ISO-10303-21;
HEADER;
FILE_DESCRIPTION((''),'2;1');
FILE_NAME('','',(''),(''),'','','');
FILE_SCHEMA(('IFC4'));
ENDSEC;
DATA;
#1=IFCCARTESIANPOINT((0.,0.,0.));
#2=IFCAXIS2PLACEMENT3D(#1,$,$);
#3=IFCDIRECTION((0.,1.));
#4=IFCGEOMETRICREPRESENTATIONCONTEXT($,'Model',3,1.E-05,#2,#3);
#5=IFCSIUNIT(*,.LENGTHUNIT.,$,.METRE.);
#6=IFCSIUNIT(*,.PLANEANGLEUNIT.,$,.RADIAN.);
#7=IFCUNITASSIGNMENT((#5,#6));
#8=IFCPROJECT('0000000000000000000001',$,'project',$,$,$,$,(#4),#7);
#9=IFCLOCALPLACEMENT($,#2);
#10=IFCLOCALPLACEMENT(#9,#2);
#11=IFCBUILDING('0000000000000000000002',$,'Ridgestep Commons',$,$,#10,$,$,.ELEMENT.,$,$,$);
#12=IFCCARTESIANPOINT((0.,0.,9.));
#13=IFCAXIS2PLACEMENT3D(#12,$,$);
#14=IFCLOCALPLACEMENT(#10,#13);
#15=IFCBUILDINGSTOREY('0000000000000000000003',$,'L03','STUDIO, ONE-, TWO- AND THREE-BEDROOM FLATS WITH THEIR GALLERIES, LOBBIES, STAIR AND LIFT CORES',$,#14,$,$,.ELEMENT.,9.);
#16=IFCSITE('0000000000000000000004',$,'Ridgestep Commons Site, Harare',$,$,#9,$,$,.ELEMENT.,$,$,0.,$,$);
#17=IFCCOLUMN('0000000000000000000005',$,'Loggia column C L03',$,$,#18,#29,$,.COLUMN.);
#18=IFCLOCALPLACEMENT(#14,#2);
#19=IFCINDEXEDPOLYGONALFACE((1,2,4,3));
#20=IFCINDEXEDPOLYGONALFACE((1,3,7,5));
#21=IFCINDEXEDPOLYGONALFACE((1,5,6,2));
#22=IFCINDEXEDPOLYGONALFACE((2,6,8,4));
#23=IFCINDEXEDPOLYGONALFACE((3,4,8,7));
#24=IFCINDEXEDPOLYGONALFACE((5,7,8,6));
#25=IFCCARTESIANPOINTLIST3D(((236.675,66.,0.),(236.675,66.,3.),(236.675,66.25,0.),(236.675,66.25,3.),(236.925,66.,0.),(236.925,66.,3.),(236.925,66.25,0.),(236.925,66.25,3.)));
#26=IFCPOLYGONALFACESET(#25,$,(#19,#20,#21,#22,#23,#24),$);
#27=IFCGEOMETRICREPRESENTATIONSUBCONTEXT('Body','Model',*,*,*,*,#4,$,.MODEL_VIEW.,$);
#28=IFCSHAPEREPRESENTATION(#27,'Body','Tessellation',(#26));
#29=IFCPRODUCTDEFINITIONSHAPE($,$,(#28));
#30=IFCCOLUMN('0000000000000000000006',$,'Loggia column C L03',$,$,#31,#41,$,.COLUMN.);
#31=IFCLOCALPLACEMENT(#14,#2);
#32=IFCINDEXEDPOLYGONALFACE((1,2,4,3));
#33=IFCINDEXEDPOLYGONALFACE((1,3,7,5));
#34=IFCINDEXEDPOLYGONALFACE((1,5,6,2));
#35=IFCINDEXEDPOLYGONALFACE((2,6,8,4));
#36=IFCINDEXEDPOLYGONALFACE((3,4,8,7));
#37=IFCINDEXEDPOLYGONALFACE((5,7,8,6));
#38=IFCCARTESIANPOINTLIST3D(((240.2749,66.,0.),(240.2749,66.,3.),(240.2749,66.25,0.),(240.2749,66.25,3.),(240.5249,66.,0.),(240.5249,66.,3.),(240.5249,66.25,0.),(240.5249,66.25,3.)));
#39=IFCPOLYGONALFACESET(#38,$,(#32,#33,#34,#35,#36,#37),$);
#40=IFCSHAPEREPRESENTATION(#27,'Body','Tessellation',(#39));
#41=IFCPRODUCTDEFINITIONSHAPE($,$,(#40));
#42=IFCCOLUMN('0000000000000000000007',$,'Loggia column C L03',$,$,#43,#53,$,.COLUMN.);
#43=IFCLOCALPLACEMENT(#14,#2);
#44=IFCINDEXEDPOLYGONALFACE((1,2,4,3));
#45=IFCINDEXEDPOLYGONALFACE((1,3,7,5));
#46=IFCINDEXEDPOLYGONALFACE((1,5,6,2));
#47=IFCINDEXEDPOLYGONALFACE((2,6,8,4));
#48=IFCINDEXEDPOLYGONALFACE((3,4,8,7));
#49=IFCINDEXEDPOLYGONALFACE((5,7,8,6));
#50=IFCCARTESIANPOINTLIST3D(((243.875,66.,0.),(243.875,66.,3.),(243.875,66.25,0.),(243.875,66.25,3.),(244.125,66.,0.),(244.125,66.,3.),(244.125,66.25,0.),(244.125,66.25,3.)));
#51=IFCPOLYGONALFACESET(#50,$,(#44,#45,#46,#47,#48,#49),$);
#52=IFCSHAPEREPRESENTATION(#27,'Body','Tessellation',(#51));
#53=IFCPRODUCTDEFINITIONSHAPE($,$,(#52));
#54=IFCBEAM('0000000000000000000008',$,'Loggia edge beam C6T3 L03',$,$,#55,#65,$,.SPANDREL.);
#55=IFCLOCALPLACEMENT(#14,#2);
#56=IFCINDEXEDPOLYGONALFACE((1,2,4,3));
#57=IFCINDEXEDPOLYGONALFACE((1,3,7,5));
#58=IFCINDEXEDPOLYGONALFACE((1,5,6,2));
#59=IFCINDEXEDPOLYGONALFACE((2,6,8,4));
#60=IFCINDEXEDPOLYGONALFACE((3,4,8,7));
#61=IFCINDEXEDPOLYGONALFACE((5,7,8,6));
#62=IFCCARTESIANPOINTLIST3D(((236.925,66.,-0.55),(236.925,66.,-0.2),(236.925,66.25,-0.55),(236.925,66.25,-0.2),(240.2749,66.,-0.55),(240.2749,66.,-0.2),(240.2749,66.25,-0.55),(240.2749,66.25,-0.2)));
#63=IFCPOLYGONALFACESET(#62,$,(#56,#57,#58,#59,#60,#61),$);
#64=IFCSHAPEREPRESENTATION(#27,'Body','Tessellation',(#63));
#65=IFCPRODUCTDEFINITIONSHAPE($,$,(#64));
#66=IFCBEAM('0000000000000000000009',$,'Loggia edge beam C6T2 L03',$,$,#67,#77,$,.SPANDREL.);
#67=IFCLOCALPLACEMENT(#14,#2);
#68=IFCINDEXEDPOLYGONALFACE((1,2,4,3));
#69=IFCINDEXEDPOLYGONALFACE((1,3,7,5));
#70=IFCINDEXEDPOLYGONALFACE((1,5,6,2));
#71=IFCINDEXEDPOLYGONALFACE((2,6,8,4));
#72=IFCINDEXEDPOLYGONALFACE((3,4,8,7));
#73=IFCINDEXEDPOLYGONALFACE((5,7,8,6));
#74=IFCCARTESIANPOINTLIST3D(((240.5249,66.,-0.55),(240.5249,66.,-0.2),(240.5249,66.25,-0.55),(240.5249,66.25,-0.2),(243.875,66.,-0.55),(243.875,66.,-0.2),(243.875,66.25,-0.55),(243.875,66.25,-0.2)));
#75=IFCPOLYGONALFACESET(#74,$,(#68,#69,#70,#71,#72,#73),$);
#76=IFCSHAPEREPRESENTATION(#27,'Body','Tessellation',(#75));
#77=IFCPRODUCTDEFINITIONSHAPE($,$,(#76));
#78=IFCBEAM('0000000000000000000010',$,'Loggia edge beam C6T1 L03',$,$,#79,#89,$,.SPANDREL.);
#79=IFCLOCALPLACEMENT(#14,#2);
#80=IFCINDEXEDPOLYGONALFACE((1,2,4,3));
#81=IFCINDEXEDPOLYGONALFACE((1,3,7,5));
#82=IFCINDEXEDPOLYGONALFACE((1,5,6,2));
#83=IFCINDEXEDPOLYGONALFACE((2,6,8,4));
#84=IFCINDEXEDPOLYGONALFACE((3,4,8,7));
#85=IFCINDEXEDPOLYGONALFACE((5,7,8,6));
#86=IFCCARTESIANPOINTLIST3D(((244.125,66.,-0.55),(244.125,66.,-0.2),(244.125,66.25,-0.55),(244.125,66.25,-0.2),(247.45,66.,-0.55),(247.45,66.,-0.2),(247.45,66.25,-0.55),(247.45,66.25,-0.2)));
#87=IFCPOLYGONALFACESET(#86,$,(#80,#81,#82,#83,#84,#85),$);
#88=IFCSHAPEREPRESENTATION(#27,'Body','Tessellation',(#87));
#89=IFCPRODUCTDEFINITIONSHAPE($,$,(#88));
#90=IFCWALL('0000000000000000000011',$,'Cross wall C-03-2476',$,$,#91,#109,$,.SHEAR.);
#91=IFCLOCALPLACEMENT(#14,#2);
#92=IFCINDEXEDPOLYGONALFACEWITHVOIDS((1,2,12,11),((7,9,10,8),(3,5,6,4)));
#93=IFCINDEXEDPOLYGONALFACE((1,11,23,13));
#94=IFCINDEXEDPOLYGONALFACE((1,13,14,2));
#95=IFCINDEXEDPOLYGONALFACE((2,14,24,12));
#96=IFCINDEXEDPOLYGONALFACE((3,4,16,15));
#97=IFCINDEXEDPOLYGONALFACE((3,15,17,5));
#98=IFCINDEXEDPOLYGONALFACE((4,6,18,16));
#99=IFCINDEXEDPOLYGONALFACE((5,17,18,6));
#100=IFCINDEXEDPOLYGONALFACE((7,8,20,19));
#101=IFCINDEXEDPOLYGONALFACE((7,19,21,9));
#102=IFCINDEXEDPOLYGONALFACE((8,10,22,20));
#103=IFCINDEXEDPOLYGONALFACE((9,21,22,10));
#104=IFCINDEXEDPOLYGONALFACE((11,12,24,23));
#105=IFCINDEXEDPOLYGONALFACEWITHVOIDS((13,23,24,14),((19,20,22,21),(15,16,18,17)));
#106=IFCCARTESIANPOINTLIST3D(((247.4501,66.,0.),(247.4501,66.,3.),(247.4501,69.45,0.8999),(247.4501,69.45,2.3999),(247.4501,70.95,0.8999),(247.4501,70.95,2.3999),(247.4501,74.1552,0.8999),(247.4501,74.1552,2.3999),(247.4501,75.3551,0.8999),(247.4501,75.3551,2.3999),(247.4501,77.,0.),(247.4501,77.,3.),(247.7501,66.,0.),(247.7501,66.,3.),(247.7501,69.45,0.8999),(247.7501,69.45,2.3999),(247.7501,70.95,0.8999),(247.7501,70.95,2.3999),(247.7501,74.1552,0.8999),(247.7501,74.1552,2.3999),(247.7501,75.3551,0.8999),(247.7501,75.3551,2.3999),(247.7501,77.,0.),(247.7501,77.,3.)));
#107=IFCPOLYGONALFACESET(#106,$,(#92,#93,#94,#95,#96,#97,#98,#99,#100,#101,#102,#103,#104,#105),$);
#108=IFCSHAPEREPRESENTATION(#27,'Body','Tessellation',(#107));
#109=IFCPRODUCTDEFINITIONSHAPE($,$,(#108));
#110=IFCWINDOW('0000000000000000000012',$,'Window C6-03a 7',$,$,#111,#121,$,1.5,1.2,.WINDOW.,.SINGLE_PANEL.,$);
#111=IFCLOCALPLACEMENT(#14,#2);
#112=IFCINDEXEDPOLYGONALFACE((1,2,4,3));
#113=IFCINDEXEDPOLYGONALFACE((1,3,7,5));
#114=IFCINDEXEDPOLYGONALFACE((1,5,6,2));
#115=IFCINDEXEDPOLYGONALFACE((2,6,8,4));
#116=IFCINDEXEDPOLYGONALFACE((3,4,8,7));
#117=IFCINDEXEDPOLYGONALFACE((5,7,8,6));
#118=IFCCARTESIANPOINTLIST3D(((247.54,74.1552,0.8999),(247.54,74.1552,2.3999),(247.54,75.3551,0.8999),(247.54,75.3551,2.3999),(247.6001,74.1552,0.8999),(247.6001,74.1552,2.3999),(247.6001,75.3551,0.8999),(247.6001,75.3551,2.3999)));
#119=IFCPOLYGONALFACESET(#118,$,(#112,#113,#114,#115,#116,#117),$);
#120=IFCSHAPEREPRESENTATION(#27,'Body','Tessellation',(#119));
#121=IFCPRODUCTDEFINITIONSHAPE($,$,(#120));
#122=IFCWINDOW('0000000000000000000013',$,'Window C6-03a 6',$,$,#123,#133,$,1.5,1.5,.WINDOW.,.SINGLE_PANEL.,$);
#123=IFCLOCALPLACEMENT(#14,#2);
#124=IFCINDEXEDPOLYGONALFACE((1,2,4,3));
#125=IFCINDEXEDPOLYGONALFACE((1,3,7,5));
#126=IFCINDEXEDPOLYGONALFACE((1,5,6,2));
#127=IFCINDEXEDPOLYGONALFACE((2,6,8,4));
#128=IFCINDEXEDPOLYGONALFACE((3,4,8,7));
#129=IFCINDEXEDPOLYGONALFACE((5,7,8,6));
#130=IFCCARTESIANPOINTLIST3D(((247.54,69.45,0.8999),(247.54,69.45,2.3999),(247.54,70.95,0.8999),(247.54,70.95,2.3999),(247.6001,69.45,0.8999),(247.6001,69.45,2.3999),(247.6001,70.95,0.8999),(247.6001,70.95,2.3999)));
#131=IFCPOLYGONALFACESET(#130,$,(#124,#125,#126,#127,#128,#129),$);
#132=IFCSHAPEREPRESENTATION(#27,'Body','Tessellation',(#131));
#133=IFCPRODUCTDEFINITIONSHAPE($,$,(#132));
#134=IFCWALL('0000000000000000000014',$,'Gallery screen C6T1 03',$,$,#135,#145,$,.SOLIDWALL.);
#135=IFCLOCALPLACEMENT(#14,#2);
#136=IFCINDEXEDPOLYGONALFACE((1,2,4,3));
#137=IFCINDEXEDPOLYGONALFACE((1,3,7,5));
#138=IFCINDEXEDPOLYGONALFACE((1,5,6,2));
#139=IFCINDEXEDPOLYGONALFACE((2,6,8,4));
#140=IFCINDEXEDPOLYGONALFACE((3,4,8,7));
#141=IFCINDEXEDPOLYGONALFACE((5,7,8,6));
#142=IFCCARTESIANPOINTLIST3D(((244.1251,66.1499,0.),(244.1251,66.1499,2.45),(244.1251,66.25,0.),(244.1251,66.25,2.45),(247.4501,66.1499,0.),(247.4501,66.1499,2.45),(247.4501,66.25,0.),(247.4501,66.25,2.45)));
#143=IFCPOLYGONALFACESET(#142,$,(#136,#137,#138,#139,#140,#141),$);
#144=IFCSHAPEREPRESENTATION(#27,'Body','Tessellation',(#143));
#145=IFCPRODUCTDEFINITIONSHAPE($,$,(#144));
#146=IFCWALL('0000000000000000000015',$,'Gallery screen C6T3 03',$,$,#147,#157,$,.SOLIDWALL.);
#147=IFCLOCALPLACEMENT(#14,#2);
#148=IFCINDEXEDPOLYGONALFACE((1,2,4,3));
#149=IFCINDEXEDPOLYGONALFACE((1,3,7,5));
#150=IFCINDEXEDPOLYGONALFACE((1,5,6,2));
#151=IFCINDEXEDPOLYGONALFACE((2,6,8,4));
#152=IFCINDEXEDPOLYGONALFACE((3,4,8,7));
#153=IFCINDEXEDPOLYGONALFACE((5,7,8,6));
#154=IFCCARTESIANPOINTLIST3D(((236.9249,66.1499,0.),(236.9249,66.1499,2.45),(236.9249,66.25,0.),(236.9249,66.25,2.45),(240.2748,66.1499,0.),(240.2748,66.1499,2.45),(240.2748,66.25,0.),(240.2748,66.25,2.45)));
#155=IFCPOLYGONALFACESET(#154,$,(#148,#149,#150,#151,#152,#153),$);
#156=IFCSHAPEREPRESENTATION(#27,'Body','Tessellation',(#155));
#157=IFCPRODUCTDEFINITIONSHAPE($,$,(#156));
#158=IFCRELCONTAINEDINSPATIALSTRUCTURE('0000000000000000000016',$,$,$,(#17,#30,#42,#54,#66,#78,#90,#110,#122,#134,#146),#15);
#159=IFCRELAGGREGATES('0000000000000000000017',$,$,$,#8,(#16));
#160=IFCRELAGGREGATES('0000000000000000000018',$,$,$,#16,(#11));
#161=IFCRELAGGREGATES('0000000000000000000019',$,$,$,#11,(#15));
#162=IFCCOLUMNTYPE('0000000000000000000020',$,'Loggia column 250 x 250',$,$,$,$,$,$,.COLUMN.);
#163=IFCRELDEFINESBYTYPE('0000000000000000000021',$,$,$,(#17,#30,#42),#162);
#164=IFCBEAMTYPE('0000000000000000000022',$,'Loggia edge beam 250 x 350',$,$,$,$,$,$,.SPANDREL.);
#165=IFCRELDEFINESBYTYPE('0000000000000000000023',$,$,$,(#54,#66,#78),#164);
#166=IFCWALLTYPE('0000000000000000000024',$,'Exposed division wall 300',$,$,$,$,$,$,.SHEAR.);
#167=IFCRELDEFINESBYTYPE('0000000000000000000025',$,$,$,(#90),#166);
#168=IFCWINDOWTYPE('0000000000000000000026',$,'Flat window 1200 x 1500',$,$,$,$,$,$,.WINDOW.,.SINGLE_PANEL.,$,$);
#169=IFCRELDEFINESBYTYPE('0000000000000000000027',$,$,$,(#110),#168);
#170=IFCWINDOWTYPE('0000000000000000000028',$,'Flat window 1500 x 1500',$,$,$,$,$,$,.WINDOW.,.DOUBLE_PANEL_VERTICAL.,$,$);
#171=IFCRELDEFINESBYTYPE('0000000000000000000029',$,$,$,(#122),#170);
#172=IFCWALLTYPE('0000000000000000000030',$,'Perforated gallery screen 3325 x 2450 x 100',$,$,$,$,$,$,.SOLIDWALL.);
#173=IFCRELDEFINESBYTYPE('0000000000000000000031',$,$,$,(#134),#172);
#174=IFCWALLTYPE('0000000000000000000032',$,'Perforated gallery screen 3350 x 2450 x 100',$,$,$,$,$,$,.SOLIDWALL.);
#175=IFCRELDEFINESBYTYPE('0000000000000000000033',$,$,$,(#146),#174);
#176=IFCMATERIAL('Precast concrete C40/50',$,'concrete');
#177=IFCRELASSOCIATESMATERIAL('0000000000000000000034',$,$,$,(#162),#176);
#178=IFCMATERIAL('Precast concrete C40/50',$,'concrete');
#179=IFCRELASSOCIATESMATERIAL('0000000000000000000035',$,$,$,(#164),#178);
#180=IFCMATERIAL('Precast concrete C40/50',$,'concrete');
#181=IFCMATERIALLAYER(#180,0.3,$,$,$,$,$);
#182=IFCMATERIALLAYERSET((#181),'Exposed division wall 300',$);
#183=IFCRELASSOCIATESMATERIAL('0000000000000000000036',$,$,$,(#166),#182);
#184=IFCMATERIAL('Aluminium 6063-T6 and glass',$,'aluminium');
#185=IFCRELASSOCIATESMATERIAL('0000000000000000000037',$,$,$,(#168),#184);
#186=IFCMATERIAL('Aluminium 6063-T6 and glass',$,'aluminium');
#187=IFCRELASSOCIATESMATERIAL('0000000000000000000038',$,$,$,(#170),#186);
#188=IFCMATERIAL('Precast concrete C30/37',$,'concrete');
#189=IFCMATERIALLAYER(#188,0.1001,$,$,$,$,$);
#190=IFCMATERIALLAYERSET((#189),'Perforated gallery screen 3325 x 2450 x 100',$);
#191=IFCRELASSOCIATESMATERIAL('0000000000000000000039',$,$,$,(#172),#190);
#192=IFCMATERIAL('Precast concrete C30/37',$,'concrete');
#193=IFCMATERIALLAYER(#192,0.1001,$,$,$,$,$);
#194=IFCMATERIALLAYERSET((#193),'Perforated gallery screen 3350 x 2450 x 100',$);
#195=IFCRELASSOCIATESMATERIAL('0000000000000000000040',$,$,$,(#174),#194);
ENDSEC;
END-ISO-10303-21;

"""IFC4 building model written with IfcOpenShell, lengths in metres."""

from ifc_helpers import new_model, si_unit, direction, frame, frame_2d, origin, origin_2d, place, context, subcontext, project, spatial, rectangle, extrude, material, layer, layer_set, material_profile, profile_set, type_object, element, fill, save


model = new_model("IFC4")

# Units and contexts
model_context = context("Model", 3, precision=1e-05, world=origin(), true_north=direction((0.0, 1.0)))
body_context = subcontext(model_context, "Body", "Model", "MODEL_VIEW")
ifc_project = project(units=[si_unit("LENGTHUNIT", "METRE"), si_unit("PLANEANGLEUNIT", "RADIAN")], contexts=[model_context])

# Site, building, storey
site_placement = place(None, origin())
site = spatial("IfcSite", under=ifc_project, at=site_placement, Name="Ridgestep Commons Site, Harare", CompositionType="ELEMENT", RefElevation=0.0)
building_placement = place(site_placement, origin())
building = spatial("IfcBuilding", under=site, at=building_placement, Name="Ridgestep Commons", CompositionType="ELEMENT")
storey_placement = place(building_placement, frame((0.0, 0.0, 9.0)))
storey = spatial("IfcBuildingStorey", under=building, at=storey_placement, Name="L03", Description="STUDIO, ONE-, TWO- AND THREE-BEDROOM FLATS WITH THEIR GALLERIES, LOBBIES, STAIR AND LIFT CORES", CompositionType="ELEMENT", Elevation=9.0)

# Columns
ifc_material_1 = material(Name="Precast concrete C40/50", Category="concrete")
ifc_material_profile_1 = material_profile(ifc_material_1, rectangle(XDim=0.25, YDim=0.25, at=origin_2d()), Name="PC 250x250")
ifc_profile_set_1 = profile_set([ifc_material_profile_1], Name="Precast concrete C40/50")
column_type = type_object("IfcColumnType", Name="Loggia column 250 x 250", PredefinedType="COLUMN", material=ifc_profile_set_1)
for number, where, z_axis, x_axis, name in (
    (1, (236.8, 66.125, 0.0), (0.0, 0.0, 1.0), (1.0, 0.0, 0.0), "Loggia column C L03"),
    (2, (240.3999, 66.125, 0.0), (0.0, 0.0, 1.0), (1.0, 0.0, 0.0), "Loggia column C L03"),
    (3, (244.0, 66.125, 0.0), (0.0, 0.0, 1.0), (1.0, 0.0, 0.0), "Loggia column C L03"),
):
    element("IfcColumn", number, at=place(storey_placement, frame(where, z_axis=z_axis, x_axis=x_axis)), inside=storey, type_object=column_type, Name=name, PredefinedType="COLUMN", context=body_context, shape_type="SweptSolid", body=[
        extrude(rectangle(XDim=0.25, YDim=0.25, at=origin_2d()), origin(), (0.0, 0.0, 1.0), 3.0),
    ])

# Beams
ifc_material_2 = material(Name="Precast concrete C40/50", Category="concrete")
ifc_material_profile_2 = material_profile(ifc_material_2, rectangle(XDim=0.25, YDim=0.3501, at=origin_2d()), Name="PC 250x350")
ifc_profile_set_2 = profile_set([ifc_material_profile_2], Name="Precast concrete C40/50")
beam_type = type_object("IfcBeamType", Name="Loggia edge beam 250 x 350", PredefinedType="SPANDREL", material=ifc_profile_set_2)
beam_1_placement = place(storey_placement, frame((236.925, 66.125, -0.375), z_axis=(1.0, 0.0, 0.0), x_axis=(0.0, 1.0, 0.0)))
element("IfcBeam", 4, at=beam_1_placement, inside=storey, type_object=beam_type, Name="Loggia edge beam C6T3 L03", PredefinedType="SPANDREL", context=body_context, shape_type="SweptSolid", body=[
    extrude(rectangle(XDim=0.25, YDim=0.3501, at=origin_2d()), origin(), (0.0, 0.0, 1.0), 3.3499),
])
beam_2_placement = place(storey_placement, frame((240.5249, 66.125, -0.375), z_axis=(1.0, 0.0, 0.0), x_axis=(0.0, 1.0, 0.0)))
element("IfcBeam", 5, at=beam_2_placement, inside=storey, type_object=beam_type, Name="Loggia edge beam C6T2 L03", PredefinedType="SPANDREL", context=body_context, shape_type="SweptSolid", body=[
    extrude(rectangle(XDim=0.25, YDim=0.3501, at=origin_2d()), origin(), (0.0, 0.0, 1.0), 3.3501),
])
beam_3_placement = place(storey_placement, frame((244.125, 66.125, -0.375), z_axis=(1.0, 0.0, 0.0), x_axis=(0.0, 1.0, 0.0)))
element("IfcBeam", 6, at=beam_3_placement, inside=storey, type_object=beam_type, Name="Loggia edge beam C6T1 L03", PredefinedType="SPANDREL", context=body_context, shape_type="SweptSolid", body=[
    extrude(rectangle(XDim=0.25, YDim=0.3501, at=origin_2d()), origin(), (0.0, 0.0, 1.0), 3.325),
])

# Wall, openings, windows
ifc_material_3 = material(Name="Precast concrete C40/50", Category="concrete")
ifc_layer_1 = layer(ifc_material_3, 0.3)
ifc_layer_set_1 = layer_set([ifc_layer_1], Name="Exposed division wall 300")
wall_type_1 = type_object("IfcWallType", Name="Exposed division wall 300", PredefinedType="SHEAR", material=ifc_layer_set_1)
wall_1_placement = place(storey_placement, frame((247.6001, 66.0, 0.0), z_axis=(0.0, 0.0, 1.0), x_axis=(0.0, 1.0, 0.0)))
wall_1 = element("IfcWall", 7, at=wall_1_placement, inside=storey, type_object=wall_type_1, Name="Cross wall C-03-2476", PredefinedType="SHEAR", context=body_context, shape_type="SweptSolid", body=[
    extrude(rectangle(XDim=11.0, YDim=0.3, at=frame_2d((5.5, 0.0))), origin(), (0.0, 0.0, 1.0), 3.0),
])
opening_1_placement = place(wall_1_placement, frame((3.45, 0.0, 0.8999)))
opening_1 = element("IfcOpeningElement", 8, at=opening_1_placement, cuts=wall_1, PredefinedType="OPENING", context=body_context, shape_type="SweptSolid", body=[
    extrude(rectangle(XDim=1.5, YDim=1.5, at=frame_2d((0.75, 0.75))), frame((0.0, 0.1599, 0.0), z_axis=(0.0, -1.0, 0.0), x_axis=(1.0, 0.0, 0.0)), (0.0, 0.0, 1.0), 0.3201),
])
opening_2_placement = place(wall_1_placement, frame((8.155, 0.0, 0.8999)))
opening_2 = element("IfcOpeningElement", 9, at=opening_2_placement, cuts=wall_1, PredefinedType="OPENING", context=body_context, shape_type="SweptSolid", body=[
    extrude(rectangle(XDim=1.2, YDim=1.5, at=frame_2d((0.6001, 0.75))), frame((0.0, 0.1599, 0.0), z_axis=(0.0, -1.0, 0.0), x_axis=(1.0, 0.0, 0.0)), (0.0, 0.0, 1.0), 0.3201),
])
ifc_material_4 = material(Name="Aluminium 6063-T6 and glass", Category="aluminium")
window_type_1 = type_object("IfcWindowType", Name="Flat window 1200 x 1500", PartitioningType="SINGLE_PANEL", PredefinedType="WINDOW", material=ifc_material_4)
window_1_placement = place(opening_2_placement, origin())
window_1 = element("IfcWindow", 10, at=window_1_placement, inside=storey, type_object=window_type_1, Name="Window C6-03a 7", OverallHeight=1.5, OverallWidth=1.2, PartitioningType="SINGLE_PANEL", PredefinedType="WINDOW", context=body_context, shape_type="SweptSolid", body=[
    extrude(rectangle(XDim=1.2, YDim=1.5, at=frame_2d((0.6001, 0.75))), frame((0.0, 0.0601, 0.0), z_axis=(0.0, -1.0, 0.0), x_axis=(1.0, 0.0, 0.0)), (0.0, 0.0, 1.0), 0.0601),
])
fill(opening_2, window_1)
ifc_material_5 = material(Name="Aluminium 6063-T6 and glass", Category="aluminium")
window_type_2 = type_object("IfcWindowType", Name="Flat window 1500 x 1500", PartitioningType="DOUBLE_PANEL_VERTICAL", PredefinedType="WINDOW", material=ifc_material_5)
window_2_placement = place(opening_1_placement, origin())
window_2 = element("IfcWindow", 11, at=window_2_placement, inside=storey, type_object=window_type_2, Name="Window C6-03a 6", OverallHeight=1.5, OverallWidth=1.5, PartitioningType="SINGLE_PANEL", PredefinedType="WINDOW", context=body_context, shape_type="SweptSolid", body=[
    extrude(rectangle(XDim=1.5, YDim=1.5, at=frame_2d((0.75, 0.75))), frame((0.0, 0.0601, 0.0), z_axis=(0.0, -1.0, 0.0), x_axis=(1.0, 0.0, 0.0)), (0.0, 0.0, 1.0), 0.0601),
])
fill(opening_1, window_2)

# Walls
ifc_material_6 = material(Name="Precast concrete C30/37", Category="concrete")
ifc_layer_2 = layer(ifc_material_6, 0.1001)
ifc_layer_set_2 = layer_set([ifc_layer_2], Name="Perforated gallery screen 3325 x 2450 x 100")
wall_type_2 = type_object("IfcWallType", Name="Perforated gallery screen 3325 x 2450 x 100", PredefinedType="SOLIDWALL", material=ifc_layer_set_2)
wall_2_placement = place(storey_placement, frame((244.125, 66.2, 0.0), z_axis=(0.0, 0.0, 1.0), x_axis=(1.0, 0.0, 0.0)))
element("IfcWall", 12, at=wall_2_placement, inside=storey, type_object=wall_type_2, Name="Gallery screen C6T1 03", PredefinedType="SOLIDWALL", context=body_context, shape_type="SweptSolid", body=[
    extrude(rectangle(XDim=3.325, YDim=0.1001, at=frame_2d((1.6626, 0.0))), origin(), (0.0, 0.0, 1.0), 2.45),
])
ifc_material_7 = material(Name="Precast concrete C30/37", Category="concrete")
ifc_layer_3 = layer(ifc_material_7, 0.1001)
ifc_layer_set_3 = layer_set([ifc_layer_3], Name="Perforated gallery screen 3350 x 2450 x 100")
wall_type_3 = type_object("IfcWallType", Name="Perforated gallery screen 3350 x 2450 x 100", PredefinedType="SOLIDWALL", material=ifc_layer_set_3)
wall_3_placement = place(storey_placement, frame((236.925, 66.2, 0.0), z_axis=(0.0, 0.0, 1.0), x_axis=(1.0, 0.0, 0.0)))
element("IfcWall", 13, at=wall_3_placement, inside=storey, type_object=wall_type_3, Name="Gallery screen C6T3 03", PredefinedType="SOLIDWALL", context=body_context, shape_type="SweptSolid", body=[
    extrude(rectangle(XDim=3.3499, YDim=0.1001, at=frame_2d((1.6748, 0.0))), origin(), (0.0, 0.0, 1.0), 2.45),
])

save(model, "model.ifc")
